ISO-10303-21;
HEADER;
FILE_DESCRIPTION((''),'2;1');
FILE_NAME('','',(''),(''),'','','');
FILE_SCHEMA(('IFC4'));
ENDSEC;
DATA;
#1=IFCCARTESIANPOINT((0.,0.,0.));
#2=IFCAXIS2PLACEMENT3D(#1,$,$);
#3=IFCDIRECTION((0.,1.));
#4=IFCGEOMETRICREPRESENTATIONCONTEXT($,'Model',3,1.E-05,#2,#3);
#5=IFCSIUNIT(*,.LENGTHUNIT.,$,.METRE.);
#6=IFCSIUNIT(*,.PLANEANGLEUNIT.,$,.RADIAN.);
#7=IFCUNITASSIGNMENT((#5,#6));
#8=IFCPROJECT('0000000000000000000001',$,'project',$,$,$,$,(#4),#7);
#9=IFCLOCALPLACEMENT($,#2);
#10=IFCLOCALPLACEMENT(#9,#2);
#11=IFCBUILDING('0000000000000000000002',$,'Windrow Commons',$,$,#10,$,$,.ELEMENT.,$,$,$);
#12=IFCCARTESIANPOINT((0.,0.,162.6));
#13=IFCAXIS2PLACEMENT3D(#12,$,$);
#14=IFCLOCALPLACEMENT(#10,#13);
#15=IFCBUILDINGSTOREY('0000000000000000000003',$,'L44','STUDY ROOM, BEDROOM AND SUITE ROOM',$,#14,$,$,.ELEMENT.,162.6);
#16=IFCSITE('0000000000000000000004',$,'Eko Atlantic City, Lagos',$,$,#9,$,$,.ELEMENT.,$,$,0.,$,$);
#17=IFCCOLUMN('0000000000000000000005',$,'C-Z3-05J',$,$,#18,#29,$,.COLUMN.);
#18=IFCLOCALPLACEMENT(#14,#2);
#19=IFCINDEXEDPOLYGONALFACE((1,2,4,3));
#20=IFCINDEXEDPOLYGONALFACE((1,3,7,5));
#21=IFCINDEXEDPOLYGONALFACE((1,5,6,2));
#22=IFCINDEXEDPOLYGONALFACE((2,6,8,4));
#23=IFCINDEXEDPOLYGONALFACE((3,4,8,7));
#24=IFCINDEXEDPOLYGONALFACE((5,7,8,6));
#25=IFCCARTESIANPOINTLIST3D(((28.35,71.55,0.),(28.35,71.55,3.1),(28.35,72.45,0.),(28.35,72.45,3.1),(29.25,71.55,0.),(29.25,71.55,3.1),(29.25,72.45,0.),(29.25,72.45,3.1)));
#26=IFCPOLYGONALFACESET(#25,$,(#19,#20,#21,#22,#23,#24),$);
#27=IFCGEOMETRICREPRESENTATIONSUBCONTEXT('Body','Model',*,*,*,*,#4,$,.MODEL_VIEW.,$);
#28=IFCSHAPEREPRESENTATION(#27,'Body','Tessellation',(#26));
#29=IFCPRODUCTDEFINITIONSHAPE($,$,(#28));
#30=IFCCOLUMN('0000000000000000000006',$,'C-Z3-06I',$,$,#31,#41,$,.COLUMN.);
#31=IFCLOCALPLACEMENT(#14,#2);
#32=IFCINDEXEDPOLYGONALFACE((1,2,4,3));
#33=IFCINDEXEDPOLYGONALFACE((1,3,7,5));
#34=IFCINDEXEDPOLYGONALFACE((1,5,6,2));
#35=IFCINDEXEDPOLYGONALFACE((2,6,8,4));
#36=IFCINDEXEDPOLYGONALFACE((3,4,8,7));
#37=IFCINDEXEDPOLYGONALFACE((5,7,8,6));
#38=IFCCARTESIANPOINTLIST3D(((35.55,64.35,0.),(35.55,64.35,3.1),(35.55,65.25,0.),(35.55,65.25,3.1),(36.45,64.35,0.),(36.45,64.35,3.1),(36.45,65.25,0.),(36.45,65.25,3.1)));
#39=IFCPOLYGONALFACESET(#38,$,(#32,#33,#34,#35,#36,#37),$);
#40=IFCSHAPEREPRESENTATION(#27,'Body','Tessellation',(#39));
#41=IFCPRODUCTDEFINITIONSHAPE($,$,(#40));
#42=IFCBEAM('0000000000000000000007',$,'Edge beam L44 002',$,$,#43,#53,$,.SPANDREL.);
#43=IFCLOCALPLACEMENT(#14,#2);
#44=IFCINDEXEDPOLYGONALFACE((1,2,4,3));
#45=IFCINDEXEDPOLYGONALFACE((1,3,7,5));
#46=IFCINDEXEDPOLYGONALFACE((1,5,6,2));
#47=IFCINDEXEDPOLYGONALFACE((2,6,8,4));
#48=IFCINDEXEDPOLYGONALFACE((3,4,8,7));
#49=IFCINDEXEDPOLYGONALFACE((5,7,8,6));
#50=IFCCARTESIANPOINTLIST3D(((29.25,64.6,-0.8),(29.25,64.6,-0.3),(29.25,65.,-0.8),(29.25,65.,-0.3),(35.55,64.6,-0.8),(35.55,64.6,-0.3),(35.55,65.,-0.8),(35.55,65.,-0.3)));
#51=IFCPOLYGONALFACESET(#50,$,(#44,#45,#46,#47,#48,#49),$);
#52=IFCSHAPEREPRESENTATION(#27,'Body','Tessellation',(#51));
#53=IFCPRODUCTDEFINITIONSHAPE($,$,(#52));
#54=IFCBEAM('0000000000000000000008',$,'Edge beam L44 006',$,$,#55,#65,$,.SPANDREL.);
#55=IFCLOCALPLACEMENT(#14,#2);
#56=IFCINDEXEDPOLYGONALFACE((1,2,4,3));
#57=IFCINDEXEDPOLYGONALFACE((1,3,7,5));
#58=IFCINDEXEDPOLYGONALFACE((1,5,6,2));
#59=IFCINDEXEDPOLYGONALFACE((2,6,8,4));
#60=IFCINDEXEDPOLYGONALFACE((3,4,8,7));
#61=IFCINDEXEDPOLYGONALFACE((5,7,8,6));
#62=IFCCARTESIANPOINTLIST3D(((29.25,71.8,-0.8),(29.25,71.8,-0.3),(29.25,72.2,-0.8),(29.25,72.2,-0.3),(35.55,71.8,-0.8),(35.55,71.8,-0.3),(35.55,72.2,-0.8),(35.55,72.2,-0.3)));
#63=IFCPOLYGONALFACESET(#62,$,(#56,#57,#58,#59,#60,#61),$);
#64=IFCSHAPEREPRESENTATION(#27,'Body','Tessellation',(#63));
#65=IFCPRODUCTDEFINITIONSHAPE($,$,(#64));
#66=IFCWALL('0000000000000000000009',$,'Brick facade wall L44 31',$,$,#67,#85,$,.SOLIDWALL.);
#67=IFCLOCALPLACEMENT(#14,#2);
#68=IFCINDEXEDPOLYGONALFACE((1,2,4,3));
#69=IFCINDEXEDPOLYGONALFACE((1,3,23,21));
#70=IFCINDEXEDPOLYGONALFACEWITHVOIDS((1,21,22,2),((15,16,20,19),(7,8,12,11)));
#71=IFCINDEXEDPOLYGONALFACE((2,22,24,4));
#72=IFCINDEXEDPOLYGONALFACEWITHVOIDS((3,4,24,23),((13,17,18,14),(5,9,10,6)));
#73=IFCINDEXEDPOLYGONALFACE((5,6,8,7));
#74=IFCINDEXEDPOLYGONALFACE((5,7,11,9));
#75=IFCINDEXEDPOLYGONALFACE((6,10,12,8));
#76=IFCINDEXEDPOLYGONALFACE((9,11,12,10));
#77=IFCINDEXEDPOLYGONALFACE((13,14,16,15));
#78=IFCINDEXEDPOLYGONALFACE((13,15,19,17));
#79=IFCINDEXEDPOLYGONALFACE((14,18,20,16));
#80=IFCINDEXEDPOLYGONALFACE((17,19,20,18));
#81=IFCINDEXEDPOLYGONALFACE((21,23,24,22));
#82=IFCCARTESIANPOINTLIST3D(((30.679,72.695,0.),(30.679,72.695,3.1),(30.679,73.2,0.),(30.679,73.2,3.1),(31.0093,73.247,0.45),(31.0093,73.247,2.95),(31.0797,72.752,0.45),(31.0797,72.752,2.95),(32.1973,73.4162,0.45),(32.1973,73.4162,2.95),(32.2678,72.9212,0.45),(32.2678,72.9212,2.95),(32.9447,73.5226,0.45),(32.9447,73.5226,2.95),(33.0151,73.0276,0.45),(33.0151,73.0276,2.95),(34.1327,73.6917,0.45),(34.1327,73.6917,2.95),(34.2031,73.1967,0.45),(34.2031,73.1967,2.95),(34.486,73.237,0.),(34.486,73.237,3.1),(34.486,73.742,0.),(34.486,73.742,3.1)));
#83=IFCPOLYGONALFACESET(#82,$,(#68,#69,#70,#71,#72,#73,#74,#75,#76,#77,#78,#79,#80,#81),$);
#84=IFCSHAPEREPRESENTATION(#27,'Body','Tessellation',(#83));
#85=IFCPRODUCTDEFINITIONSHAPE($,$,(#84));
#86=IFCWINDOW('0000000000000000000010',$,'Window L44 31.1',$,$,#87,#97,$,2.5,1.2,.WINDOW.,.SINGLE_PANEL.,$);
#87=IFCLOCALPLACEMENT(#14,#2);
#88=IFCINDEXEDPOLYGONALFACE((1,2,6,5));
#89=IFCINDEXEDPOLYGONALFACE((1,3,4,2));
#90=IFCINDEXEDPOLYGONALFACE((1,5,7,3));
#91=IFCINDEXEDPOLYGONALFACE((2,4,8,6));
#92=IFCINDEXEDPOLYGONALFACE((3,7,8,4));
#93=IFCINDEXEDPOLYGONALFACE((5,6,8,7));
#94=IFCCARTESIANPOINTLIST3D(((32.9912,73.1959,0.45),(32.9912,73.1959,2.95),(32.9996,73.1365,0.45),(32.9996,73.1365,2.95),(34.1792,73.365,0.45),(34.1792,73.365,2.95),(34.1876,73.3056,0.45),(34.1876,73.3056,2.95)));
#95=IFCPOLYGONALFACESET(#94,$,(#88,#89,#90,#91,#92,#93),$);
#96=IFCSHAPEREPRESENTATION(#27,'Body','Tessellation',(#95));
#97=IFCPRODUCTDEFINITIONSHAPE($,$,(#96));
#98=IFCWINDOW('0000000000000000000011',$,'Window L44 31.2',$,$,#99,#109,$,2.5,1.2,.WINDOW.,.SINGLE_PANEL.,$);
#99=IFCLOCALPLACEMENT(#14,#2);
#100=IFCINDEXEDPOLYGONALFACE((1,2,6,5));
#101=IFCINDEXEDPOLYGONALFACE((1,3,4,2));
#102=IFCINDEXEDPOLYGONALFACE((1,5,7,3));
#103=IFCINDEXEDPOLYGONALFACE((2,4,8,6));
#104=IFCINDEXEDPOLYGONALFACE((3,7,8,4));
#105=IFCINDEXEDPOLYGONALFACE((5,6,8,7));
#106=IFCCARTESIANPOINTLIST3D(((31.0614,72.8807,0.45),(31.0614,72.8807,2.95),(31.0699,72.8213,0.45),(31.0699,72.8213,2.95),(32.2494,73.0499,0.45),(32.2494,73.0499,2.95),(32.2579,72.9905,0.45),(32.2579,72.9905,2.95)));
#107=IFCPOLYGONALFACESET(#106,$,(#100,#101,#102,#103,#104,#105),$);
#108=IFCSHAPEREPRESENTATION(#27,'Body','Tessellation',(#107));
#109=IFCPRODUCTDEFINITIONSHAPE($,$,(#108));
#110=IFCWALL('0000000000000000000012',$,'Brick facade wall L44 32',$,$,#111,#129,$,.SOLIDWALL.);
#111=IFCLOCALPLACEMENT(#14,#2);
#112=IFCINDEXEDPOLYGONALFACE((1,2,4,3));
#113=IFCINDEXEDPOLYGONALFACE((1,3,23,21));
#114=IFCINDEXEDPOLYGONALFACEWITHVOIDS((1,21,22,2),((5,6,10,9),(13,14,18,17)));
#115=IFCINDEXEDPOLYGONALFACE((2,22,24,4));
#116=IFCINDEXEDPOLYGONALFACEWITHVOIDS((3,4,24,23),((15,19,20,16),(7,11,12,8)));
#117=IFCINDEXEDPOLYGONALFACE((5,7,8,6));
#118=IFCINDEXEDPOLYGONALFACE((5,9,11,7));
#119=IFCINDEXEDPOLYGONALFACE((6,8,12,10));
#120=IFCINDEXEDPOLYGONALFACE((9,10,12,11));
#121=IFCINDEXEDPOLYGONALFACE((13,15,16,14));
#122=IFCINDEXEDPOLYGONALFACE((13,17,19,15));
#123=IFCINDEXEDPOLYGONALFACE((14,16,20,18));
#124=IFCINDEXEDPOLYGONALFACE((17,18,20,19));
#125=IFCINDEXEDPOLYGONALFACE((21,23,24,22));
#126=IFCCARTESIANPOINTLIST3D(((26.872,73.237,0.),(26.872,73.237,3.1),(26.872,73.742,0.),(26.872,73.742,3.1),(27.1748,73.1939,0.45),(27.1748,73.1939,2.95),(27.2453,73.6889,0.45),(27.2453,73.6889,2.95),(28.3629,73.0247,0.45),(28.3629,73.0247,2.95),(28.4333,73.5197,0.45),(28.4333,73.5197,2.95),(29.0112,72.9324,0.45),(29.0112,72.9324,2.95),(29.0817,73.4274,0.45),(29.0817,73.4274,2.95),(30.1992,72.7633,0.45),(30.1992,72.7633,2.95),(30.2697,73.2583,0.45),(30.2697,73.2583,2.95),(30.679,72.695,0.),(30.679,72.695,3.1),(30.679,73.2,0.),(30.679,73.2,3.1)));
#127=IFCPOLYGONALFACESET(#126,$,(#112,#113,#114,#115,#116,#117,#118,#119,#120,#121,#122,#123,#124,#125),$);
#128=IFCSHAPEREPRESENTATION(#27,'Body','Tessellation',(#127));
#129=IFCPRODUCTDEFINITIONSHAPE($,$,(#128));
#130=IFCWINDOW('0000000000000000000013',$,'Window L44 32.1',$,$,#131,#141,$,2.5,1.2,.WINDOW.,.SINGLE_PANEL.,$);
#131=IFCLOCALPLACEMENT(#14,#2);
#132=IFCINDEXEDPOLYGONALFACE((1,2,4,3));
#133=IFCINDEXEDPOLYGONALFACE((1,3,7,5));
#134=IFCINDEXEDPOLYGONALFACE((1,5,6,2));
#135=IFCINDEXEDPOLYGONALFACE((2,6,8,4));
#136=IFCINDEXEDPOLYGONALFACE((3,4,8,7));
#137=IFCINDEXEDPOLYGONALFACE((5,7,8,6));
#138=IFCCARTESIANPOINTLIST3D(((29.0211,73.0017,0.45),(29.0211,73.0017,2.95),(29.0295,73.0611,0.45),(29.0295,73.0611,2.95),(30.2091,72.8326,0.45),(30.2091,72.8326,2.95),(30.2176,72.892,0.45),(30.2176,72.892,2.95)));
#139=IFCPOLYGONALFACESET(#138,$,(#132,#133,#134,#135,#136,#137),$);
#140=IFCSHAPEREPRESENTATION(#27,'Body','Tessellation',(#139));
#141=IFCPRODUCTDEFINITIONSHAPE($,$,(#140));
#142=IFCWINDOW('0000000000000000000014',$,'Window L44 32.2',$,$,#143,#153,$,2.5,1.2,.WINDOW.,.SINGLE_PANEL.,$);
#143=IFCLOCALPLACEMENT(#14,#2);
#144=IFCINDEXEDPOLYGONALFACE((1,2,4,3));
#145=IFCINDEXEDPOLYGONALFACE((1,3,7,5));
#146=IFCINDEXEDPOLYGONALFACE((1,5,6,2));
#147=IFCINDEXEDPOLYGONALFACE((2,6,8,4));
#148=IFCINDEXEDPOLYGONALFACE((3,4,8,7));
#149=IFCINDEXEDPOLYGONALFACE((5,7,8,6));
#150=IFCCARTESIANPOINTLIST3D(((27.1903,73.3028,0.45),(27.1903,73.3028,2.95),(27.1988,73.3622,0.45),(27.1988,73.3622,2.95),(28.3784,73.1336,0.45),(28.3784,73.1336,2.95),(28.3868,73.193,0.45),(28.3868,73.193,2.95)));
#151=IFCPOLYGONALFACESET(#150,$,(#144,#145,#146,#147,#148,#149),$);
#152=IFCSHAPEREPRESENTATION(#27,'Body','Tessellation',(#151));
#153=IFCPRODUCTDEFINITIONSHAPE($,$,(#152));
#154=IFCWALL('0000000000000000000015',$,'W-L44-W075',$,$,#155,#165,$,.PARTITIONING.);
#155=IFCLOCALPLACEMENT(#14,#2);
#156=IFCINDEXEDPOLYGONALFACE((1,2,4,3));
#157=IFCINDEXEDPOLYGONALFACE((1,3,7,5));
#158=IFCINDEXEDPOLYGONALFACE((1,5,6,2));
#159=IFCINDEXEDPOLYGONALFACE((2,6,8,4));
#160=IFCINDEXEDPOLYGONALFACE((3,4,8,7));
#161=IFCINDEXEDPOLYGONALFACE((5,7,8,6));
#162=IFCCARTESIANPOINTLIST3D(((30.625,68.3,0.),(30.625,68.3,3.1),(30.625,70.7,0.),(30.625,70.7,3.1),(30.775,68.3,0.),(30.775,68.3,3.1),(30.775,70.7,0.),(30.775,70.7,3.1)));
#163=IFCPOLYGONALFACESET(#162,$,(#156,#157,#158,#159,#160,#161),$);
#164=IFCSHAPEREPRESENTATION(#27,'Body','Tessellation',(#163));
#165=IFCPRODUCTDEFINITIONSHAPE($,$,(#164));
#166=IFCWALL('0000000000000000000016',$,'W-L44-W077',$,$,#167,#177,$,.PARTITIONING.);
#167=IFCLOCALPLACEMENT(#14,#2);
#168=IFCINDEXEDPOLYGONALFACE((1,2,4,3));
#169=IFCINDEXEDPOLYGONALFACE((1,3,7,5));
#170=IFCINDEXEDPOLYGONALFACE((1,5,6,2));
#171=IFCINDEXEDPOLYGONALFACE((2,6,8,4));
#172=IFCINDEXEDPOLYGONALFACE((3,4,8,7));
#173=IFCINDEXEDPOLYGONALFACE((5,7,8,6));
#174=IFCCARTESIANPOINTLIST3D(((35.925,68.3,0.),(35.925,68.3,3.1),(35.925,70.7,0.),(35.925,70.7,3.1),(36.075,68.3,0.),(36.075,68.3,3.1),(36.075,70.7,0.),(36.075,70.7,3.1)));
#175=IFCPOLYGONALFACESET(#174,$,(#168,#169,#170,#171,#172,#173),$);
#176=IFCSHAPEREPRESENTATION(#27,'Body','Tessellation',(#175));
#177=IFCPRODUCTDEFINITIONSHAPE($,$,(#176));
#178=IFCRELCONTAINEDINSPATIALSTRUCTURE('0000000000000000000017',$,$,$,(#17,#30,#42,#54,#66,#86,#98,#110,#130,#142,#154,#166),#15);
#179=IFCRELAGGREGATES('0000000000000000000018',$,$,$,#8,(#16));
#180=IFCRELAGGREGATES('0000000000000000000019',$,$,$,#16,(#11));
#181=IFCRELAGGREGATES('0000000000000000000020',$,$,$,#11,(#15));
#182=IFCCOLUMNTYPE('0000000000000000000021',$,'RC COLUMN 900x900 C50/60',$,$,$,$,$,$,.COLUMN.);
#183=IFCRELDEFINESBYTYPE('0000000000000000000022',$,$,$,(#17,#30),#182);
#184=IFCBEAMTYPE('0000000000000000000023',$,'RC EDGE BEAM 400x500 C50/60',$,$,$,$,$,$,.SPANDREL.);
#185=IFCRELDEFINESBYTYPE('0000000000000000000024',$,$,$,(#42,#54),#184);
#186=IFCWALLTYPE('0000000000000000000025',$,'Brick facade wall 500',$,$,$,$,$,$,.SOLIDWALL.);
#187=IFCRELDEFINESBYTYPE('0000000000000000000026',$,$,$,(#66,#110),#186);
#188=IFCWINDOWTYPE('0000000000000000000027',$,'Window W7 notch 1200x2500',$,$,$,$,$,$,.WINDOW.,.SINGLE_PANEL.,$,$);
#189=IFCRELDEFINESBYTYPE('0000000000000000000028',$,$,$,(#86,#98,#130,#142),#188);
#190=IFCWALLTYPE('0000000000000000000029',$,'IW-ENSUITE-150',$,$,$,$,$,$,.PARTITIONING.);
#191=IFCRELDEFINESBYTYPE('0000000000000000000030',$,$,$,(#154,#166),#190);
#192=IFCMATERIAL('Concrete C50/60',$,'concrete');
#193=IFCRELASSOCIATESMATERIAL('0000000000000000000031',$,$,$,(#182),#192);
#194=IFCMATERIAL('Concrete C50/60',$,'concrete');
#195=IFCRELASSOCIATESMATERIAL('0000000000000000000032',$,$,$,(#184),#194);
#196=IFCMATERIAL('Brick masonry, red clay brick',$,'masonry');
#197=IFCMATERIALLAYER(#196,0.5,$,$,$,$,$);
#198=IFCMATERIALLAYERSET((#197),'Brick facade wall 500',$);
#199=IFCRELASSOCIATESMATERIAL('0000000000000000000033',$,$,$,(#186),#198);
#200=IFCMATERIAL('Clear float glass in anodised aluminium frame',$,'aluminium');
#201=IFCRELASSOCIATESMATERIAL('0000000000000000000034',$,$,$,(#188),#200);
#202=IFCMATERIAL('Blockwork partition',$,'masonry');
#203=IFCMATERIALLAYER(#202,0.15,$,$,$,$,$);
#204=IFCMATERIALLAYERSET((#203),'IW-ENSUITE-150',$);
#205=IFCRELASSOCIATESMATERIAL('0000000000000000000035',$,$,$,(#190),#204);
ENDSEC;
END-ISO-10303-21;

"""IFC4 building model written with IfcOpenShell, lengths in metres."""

from ifc_helpers import new_model, si_unit, direction, frame, frame_2d, origin, origin_2d, place, context, subcontext, project, spatial, polyline, rectangle, outline, extrude, material, layer, layer_set, material_profile, profile_set, type_object, element, fill, save


model = new_model("IFC4")

# Units and contexts
model_context = context("Model", 3, precision=1e-05, world=origin(), true_north=direction((0.0, 1.0)))
body_context = subcontext(model_context, "Body", "Model", "MODEL_VIEW")
ifc_project = project(units=[si_unit("LENGTHUNIT", "METRE"), si_unit("PLANEANGLEUNIT", "RADIAN")], contexts=[model_context])

# Site, building, storey
site_placement = place(None, origin())
site = spatial("IfcSite", under=ifc_project, at=site_placement, Name="Eko Atlantic City, Lagos", CompositionType="ELEMENT", RefElevation=0.0)
building_placement = place(site_placement, origin())
building = spatial("IfcBuilding", under=site, at=building_placement, Name="Windrow Commons", CompositionType="ELEMENT")
storey_placement = place(building_placement, frame((0.0, 0.0, 162.6)))
storey = spatial("IfcBuildingStorey", under=building, at=storey_placement, Name="L44", Description="STUDY ROOM, BEDROOM AND SUITE ROOM", CompositionType="ELEMENT", Elevation=162.6)

# Columns
ifc_material_1 = material(Name="Concrete C50/60", Category="concrete")
ifc_material_profile_1 = material_profile(ifc_material_1, rectangle(XDim=0.9, YDim=0.9, at=origin_2d()))
ifc_profile_set_1 = profile_set([ifc_material_profile_1], Name="Concrete C50/60")
column_type = type_object("IfcColumnType", Name="RC COLUMN 900x900 C50/60", PredefinedType="COLUMN", material=ifc_profile_set_1)
for number, where, z_axis, x_axis, name in (
    (1, (28.8, 72.0, 0.0), (0.0, 0.0, 1.0), (1.0, 0.0, 0.0), "C-Z3-05J"),
    (2, (36.0, 64.8, 0.0), (0.0, 0.0, 1.0), (1.0, 0.0, 0.0), "C-Z3-06I"),
):
    element("IfcColumn", number, at=place(storey_placement, frame(where, z_axis=z_axis, x_axis=x_axis)), inside=storey, type_object=column_type, Name=name, PredefinedType="COLUMN", context=body_context, shape_type="SweptSolid", body=[
        extrude(rectangle(XDim=0.9, YDim=0.9, at=origin_2d()), origin(), (0.0, 0.0, 1.0), 3.1),
    ])

# Beams
ifc_material_2 = material(Name="Concrete C50/60", Category="concrete")
ifc_material_profile_2 = material_profile(ifc_material_2, rectangle(XDim=0.4, YDim=0.5, at=origin_2d()))
ifc_profile_set_2 = profile_set([ifc_material_profile_2], Name="Concrete C50/60")
beam_type = type_object("IfcBeamType", Name="RC EDGE BEAM 400x500 C50/60", PredefinedType="SPANDREL", material=ifc_profile_set_2)
for number, where, z_axis, x_axis, name in (
    (3, (35.55, 64.8, -0.55), (-1.0, 0.0, 0.0), (0.0, -1.0, 0.0), "Edge beam L44 002"),
    (4, (29.25, 72.0, -0.55), (1.0, 0.0, 0.0), (0.0, 1.0, 0.0), "Edge beam L44 006"),
):
    element("IfcBeam", number, at=place(storey_placement, frame(where, z_axis=z_axis, x_axis=x_axis)), inside=storey, type_object=beam_type, Name=name, PredefinedType="SPANDREL", context=body_context, shape_type="SweptSolid", body=[
        extrude(rectangle(XDim=0.4, YDim=0.5, at=origin_2d()), origin(), (0.0, 0.0, 1.0), 6.3),
    ])

# Walls, openings, windows
ifc_material_3 = material(Name="Brick masonry, red clay brick", Category="masonry")
ifc_layer_1 = layer(ifc_material_3, 0.5)
ifc_layer_set_1 = layer_set([ifc_layer_1], Name="Brick facade wall 500")
wall_type_1 = type_object("IfcWallType", Name="Brick facade wall 500", PredefinedType="SOLIDWALL", material=ifc_layer_set_1)
wall_1_placement = place(storey_placement, frame((34.486, 73.4895, 0.0), z_axis=(0.0, 0.0, 1.0), x_axis=(-0.990017, -0.140948, 0.0)))
wall_1 = element("IfcWall", 5, at=wall_1_placement, inside=storey, type_object=wall_type_1, Name="Brick facade wall L44 31", PredefinedType="SOLIDWALL", context=body_context, shape_type="SweptSolid", body=[
    extrude(outline(polyline([(-0.0356, -0.25), (3.8098, -0.25), (3.881, 0.25), (0.0356, 0.25), (-0.0356, -0.25)])), origin(), (0.0, 0.0, 1.0), 3.1),
])
opening_1_placement = place(wall_1_placement, frame((0.3213, 0.0, 0.45)))
opening_1 = element("IfcOpeningElement", 6, at=opening_1_placement, cuts=wall_1, PredefinedType="OPENING", context=body_context, shape_type="SweptSolid", body=[
    extrude(rectangle(XDim=1.2, YDim=2.5, at=frame_2d((0.6, 1.25))), frame((0.0, 0.26, 0.0), z_axis=(0.0, -1.0, 0.0), x_axis=(1.0, 0.0, 0.0)), (0.0, 0.0, 1.0), 0.52),
])
opening_2_placement = place(wall_1_placement, frame((2.2762, 0.0, 0.45)))
opening_2 = element("IfcOpeningElement", 7, at=opening_2_placement, cuts=wall_1, PredefinedType="OPENING", context=body_context, shape_type="SweptSolid", body=[
    extrude(rectangle(XDim=1.2, YDim=2.5, at=frame_2d((0.6, 1.25))), frame((0.0, 0.26, 0.0), z_axis=(0.0, -1.0, 0.0), x_axis=(1.0, 0.0, 0.0)), (0.0, 0.0, 1.0), 0.52),
])
ifc_material_4 = material(Name="Clear float glass in anodised aluminium frame", Category="aluminium")
window_type = type_object("IfcWindowType", Name="Window W7 notch 1200x2500", PartitioningType="SINGLE_PANEL", PredefinedType="WINDOW", material=ifc_material_4)
window_1_placement = place(opening_1_placement, origin())
window_1 = element("IfcWindow", 8, at=window_1_placement, inside=storey, type_object=window_type, Name="Window L44 31.1", OverallHeight=2.5, OverallWidth=1.2, PartitioningType="SINGLE_PANEL", PredefinedType="WINDOW", context=body_context, shape_type="SweptSolid", body=[
    extrude(rectangle(XDim=1.2, YDim=2.5, at=frame_2d((0.6, 1.25))), frame((0.0, 0.14, 0.0), z_axis=(0.0, -1.0, 0.0), x_axis=(1.0, 0.0, 0.0)), (0.0, 0.0, 1.0), 0.06),
])
fill(opening_1, window_1)
window_2_placement = place(opening_2_placement, origin())
window_2 = element("IfcWindow", 9, at=window_2_placement, inside=storey, type_object=window_type, Name="Window L44 31.2", OverallHeight=2.5, OverallWidth=1.2, PartitioningType="SINGLE_PANEL", PredefinedType="WINDOW", context=body_context, shape_type="SweptSolid", body=[
    extrude(rectangle(XDim=1.2, YDim=2.5, at=frame_2d((0.6, 1.25))), frame((0.0, 0.18, 0.0), z_axis=(0.0, -1.0, 0.0), x_axis=(1.0, 0.0, 0.0)), (0.0, 0.0, 1.0), 0.06),
])
fill(opening_2, window_2)
wall_2_placement = place(storey_placement, frame((30.679, 72.9475, 0.0), z_axis=(0.0, 0.0, 1.0), x_axis=(-0.990017, 0.140948, 0.0)))
wall_2 = element("IfcWall", 10, at=wall_2_placement, inside=storey, type_object=wall_type_1, Name="Brick facade wall L44 32", PredefinedType="SOLIDWALL", context=body_context, shape_type="SweptSolid", body=[
    extrude(outline(polyline([(0.0356, -0.25), (3.881, -0.25), (3.8098, 0.25), (-0.0356, 0.25), (0.0356, -0.25)])), origin(), (0.0, 0.0, 1.0), 3.1),
])
opening_3_placement = place(wall_2_placement, frame((0.449, 0.0, 0.45)))
opening_3 = element("IfcOpeningElement", 11, at=opening_3_placement, cuts=wall_2, PredefinedType="OPENING", context=body_context, shape_type="SweptSolid", body=[
    extrude(rectangle(XDim=1.2, YDim=2.5, at=frame_2d((0.6, 1.25))), frame((0.0, 0.26, 0.0), z_axis=(0.0, -1.0, 0.0), x_axis=(1.0, 0.0, 0.0)), (0.0, 0.0, 1.0), 0.52),
])
opening_4_placement = place(wall_2_placement, frame((2.3039, 0.0, 0.45)))
opening_4 = element("IfcOpeningElement", 12, at=opening_4_placement, cuts=wall_2, PredefinedType="OPENING", context=body_context, shape_type="SweptSolid", body=[
    extrude(rectangle(XDim=1.2, YDim=2.5, at=frame_2d((0.6, 1.25))), frame((0.0, 0.26, 0.0), z_axis=(0.0, -1.0, 0.0), x_axis=(1.0, 0.0, 0.0)), (0.0, 0.0, 1.0), 0.52),
])
window_3_placement = place(opening_3_placement, origin())
window_3 = element("IfcWindow", 13, at=window_3_placement, inside=storey, type_object=window_type, Name="Window L44 32.1", OverallHeight=2.5, OverallWidth=1.2, PartitioningType="SINGLE_PANEL", PredefinedType="WINDOW", context=body_context, shape_type="SweptSolid", body=[
    extrude(rectangle(XDim=1.2, YDim=2.5, at=frame_2d((0.6, 1.25))), frame((0.0, 0.18, 0.0), z_axis=(0.0, -1.0, 0.0), x_axis=(1.0, 0.0, 0.0)), (0.0, 0.0, 1.0), 0.06),
])
fill(opening_3, window_3)
window_4_placement = place(opening_4_placement, origin())
window_4 = element("IfcWindow", 14, at=window_4_placement, inside=storey, type_object=window_type, Name="Window L44 32.2", OverallHeight=2.5, OverallWidth=1.2, PartitioningType="SINGLE_PANEL", PredefinedType="WINDOW", context=body_context, shape_type="SweptSolid", body=[
    extrude(rectangle(XDim=1.2, YDim=2.5, at=frame_2d((0.6, 1.25))), frame((0.0, 0.14, 0.0), z_axis=(0.0, -1.0, 0.0), x_axis=(1.0, 0.0, 0.0)), (0.0, 0.0, 1.0), 0.06),
])
fill(opening_4, window_4)

# Walls
ifc_material_5 = material(Name="Blockwork partition", Category="masonry")
ifc_layer_2 = layer(ifc_material_5, 0.15)
ifc_layer_set_2 = layer_set([ifc_layer_2], Name="IW-ENSUITE-150")
wall_type_2 = type_object("IfcWallType", Name="IW-ENSUITE-150", PredefinedType="PARTITIONING", material=ifc_layer_set_2)
for number, where, z_axis, x_axis, name in (
    (15, (30.7, 68.3, 0.0), (0.0, 0.0, 1.0), (0.0, 1.0, 0.0), "W-L44-W075"),
    (16, (36.0, 68.3, 0.0), (0.0, 0.0, 1.0), (0.0, 1.0, 0.0), "W-L44-W077"),
):
    element("IfcWall", number, at=place(storey_placement, frame(where, z_axis=z_axis, x_axis=x_axis)), inside=storey, type_object=wall_type_2, Name=name, PredefinedType="PARTITIONING", context=body_context, shape_type="SweptSolid", body=[
        extrude(rectangle(XDim=2.4, YDim=0.15, at=frame_2d((1.2, 0.0))), origin(), (0.0, 0.0, 1.0), 3.1),
    ])

save(model, "model.ifc")
